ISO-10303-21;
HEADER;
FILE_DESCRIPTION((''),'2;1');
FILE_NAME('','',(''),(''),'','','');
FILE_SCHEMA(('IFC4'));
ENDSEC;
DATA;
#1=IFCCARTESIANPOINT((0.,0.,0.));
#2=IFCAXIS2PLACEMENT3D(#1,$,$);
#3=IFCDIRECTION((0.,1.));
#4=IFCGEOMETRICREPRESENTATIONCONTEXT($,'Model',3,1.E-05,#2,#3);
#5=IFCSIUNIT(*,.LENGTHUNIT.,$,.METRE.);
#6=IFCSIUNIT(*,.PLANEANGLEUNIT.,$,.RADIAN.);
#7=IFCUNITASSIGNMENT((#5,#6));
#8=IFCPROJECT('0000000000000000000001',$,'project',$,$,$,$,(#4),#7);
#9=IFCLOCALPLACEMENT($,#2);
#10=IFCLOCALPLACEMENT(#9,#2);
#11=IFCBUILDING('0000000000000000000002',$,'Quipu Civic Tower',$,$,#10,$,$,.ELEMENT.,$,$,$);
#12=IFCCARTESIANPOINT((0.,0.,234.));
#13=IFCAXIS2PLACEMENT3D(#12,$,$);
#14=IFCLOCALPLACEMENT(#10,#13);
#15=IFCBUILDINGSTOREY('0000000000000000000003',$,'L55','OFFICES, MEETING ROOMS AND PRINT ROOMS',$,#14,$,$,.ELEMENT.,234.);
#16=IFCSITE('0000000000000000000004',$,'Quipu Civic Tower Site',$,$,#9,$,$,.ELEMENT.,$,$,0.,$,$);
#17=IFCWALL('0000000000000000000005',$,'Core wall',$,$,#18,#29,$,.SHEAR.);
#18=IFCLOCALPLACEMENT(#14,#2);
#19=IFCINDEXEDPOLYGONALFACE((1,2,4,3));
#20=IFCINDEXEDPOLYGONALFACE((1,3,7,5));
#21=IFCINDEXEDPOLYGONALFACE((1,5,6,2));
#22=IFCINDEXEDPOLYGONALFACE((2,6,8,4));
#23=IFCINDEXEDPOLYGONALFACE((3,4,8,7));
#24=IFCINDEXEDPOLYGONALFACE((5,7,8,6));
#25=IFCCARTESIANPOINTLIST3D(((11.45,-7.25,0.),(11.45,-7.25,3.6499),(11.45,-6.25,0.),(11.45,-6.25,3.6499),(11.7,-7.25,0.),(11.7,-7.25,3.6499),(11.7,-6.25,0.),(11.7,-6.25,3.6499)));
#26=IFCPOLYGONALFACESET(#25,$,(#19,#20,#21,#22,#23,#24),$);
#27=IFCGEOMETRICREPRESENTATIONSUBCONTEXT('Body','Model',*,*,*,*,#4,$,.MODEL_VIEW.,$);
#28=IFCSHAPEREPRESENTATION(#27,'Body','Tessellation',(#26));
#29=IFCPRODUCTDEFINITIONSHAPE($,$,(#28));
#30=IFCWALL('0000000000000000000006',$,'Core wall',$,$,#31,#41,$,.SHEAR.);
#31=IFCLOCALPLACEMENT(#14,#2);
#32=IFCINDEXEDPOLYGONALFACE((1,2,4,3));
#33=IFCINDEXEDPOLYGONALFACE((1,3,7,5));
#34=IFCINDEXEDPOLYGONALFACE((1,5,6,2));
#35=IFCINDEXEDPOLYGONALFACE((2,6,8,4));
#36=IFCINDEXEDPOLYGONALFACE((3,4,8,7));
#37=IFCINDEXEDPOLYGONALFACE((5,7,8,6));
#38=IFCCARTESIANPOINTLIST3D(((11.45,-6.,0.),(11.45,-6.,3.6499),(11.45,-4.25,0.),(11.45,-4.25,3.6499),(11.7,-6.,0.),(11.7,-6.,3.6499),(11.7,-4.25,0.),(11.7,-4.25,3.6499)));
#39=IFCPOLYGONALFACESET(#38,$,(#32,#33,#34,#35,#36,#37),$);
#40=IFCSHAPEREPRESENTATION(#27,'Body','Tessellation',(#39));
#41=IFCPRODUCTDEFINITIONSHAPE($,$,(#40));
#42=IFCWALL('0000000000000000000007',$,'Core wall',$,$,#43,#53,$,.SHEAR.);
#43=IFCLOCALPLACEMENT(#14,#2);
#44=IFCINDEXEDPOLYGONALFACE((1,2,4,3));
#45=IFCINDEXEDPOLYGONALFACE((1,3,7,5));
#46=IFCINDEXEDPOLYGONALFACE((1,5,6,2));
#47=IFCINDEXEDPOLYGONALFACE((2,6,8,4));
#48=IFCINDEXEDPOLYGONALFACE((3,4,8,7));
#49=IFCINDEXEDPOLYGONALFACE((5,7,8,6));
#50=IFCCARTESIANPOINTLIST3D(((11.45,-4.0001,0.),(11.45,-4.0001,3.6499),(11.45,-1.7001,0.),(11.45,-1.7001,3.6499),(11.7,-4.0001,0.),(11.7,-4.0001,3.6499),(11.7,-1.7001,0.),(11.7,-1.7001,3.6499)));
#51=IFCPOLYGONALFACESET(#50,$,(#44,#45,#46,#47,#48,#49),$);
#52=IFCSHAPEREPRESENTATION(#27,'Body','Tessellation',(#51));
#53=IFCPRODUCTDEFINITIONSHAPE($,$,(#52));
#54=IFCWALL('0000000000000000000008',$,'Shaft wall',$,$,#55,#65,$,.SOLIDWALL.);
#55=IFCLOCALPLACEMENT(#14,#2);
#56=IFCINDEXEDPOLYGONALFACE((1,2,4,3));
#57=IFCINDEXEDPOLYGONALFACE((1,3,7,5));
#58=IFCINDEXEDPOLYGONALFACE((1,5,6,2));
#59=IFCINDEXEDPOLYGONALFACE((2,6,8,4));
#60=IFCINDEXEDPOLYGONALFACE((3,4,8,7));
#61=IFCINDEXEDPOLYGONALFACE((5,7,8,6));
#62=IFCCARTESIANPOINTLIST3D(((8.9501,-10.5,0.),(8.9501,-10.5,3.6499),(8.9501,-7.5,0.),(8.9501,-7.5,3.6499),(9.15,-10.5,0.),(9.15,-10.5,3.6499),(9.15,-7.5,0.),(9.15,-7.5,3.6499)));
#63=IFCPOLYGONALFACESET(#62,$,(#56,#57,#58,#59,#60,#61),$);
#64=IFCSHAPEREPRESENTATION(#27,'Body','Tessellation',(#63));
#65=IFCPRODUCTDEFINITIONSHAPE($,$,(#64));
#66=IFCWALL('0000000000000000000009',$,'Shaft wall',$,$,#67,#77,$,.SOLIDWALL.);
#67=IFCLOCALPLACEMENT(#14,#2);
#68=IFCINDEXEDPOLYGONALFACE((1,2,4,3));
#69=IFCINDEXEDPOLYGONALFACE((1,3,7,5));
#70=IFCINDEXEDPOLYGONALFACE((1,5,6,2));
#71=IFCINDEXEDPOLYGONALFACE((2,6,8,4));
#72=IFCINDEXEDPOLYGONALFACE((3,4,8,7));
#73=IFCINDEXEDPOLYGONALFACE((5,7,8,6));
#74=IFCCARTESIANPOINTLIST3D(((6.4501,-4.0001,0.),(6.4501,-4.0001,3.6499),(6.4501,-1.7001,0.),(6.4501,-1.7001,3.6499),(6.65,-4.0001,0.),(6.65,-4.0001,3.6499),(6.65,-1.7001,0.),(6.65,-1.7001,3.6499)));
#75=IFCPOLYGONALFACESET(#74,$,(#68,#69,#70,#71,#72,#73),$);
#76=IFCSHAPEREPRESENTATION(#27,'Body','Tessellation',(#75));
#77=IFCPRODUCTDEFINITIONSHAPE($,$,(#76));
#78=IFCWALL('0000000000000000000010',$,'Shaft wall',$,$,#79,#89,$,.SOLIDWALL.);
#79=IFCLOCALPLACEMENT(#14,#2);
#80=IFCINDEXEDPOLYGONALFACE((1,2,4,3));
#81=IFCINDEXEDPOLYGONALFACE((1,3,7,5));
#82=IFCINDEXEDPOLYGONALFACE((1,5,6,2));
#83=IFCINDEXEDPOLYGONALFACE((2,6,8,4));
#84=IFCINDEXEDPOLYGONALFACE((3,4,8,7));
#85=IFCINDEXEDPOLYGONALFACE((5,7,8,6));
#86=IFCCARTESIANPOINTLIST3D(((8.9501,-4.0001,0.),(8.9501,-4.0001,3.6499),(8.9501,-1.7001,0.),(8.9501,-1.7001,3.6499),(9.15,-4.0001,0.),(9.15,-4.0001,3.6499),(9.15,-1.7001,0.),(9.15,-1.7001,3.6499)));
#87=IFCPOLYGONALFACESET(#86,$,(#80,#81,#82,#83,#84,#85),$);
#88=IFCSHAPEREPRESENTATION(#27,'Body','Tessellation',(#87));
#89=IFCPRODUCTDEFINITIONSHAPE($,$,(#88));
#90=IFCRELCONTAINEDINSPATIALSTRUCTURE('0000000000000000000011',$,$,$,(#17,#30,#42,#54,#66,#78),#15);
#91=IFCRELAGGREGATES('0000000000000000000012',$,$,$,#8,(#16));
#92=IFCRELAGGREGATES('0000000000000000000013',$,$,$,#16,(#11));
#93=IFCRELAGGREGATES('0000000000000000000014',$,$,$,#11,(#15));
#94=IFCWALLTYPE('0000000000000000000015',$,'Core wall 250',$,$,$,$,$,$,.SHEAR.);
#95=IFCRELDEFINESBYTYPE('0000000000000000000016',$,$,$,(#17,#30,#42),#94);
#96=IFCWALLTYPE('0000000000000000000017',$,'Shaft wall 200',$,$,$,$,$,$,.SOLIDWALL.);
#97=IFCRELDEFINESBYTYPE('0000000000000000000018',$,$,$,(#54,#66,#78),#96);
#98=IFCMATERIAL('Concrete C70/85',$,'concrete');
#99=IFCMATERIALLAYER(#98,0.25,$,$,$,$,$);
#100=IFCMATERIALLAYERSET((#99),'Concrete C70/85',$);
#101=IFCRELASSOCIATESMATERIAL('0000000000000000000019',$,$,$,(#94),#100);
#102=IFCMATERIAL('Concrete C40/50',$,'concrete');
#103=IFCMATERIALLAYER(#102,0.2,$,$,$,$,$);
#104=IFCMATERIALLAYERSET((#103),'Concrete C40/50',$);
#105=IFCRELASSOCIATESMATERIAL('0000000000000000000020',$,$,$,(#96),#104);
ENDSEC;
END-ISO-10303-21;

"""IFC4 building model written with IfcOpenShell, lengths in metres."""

from ifc_helpers import new_model, si_unit, direction, frame, frame_2d, origin, place, context, subcontext, project, spatial, rectangle, extrude, material, layer, layer_set, type_object, element, save


model = new_model("IFC4")

# Units and contexts
model_context = context("Model", 3, precision=1e-05, world=origin(), true_north=direction((0.0, 1.0)))
body_context = subcontext(model_context, "Body", "Model", "MODEL_VIEW")
ifc_project = project(units=[si_unit("LENGTHUNIT", "METRE"), si_unit("PLANEANGLEUNIT", "RADIAN")], contexts=[model_context])

# Site, building, storey
site_placement = place(None, origin())
site = spatial("IfcSite", under=ifc_project, at=site_placement, Name="Quipu Civic Tower Site", CompositionType="ELEMENT", RefElevation=0.0)
building_placement = place(site_placement, origin())
building = spatial("IfcBuilding", under=site, at=building_placement, Name="Quipu Civic Tower", CompositionType="ELEMENT")
storey_placement = place(building_placement, frame((0.0, 0.0, 234.0)))
storey = spatial("IfcBuildingStorey", under=building, at=storey_placement, Name="L55", Description="OFFICES, MEETING ROOMS AND PRINT ROOMS", CompositionType="ELEMENT", Elevation=234.0)

# Shared definitions
ifc_material_1 = material(Name="Concrete C70/85", Category="concrete")
ifc_layer_1 = layer(ifc_material_1, 0.25)
ifc_layer_set_1 = layer_set([ifc_layer_1], Name="Concrete C70/85")
wall_type_1 = type_object("IfcWallType", Name="Core wall 250", PredefinedType="SHEAR", material=ifc_layer_set_1)

# Walls
wall_1_placement = place(storey_placement, frame((11.575, -7.25, 0.0), z_axis=(0.0, 0.0, 1.0), x_axis=(0.0, 1.0, 0.0)))
element("IfcWall", 1, at=wall_1_placement, inside=storey, type_object=wall_type_1, Name="Core wall", PredefinedType="SHEAR", context=body_context, shape_type="SweptSolid", body=[
    extrude(rectangle(XDim=1.0, YDim=0.25, at=frame_2d((0.5, 0.0))), origin(), (0.0, 0.0, 1.0), 3.6499),
])
wall_2_placement = place(storey_placement, frame((11.575, -6.0, 0.0), z_axis=(0.0, 0.0, 1.0), x_axis=(0.0, 1.0, 0.0)))
element("IfcWall", 2, at=wall_2_placement, inside=storey, type_object=wall_type_1, Name="Core wall", PredefinedType="SHEAR", context=body_context, shape_type="SweptSolid", body=[
    extrude(rectangle(XDim=1.75, YDim=0.25, at=frame_2d((0.875, 0.0))), origin(), (0.0, 0.0, 1.0), 3.6499),
])
wall_3_placement = place(storey_placement, frame((11.575, -4.0, 0.0), z_axis=(0.0, 0.0, 1.0), x_axis=(0.0, 1.0, 0.0)))
element("IfcWall", 3, at=wall_3_placement, inside=storey, type_object=wall_type_1, Name="Core wall", PredefinedType="SHEAR", context=body_context, shape_type="SweptSolid", body=[
    extrude(rectangle(XDim=2.3, YDim=0.25, at=frame_2d((1.1499, 0.0))), origin(), (0.0, 0.0, 1.0), 3.6499),
])
ifc_material_2 = material(Name="Concrete C40/50", Category="concrete")
ifc_layer_2 = layer(ifc_material_2, 0.2)
ifc_layer_set_2 = layer_set([ifc_layer_2], Name="Concrete C40/50")
wall_type_2 = type_object("IfcWallType", Name="Shaft wall 200", PredefinedType="SOLIDWALL", material=ifc_layer_set_2)
wall_4_placement = place(storey_placement, frame((9.05, -10.5, 0.0), z_axis=(0.0, 0.0, 1.0), x_axis=(0.0, 1.0, 0.0)))
element("IfcWall", 4, at=wall_4_placement, inside=storey, type_object=wall_type_2, Name="Shaft wall", PredefinedType="SOLIDWALL", context=body_context, shape_type="SweptSolid", body=[
    extrude(rectangle(XDim=3.0, YDim=0.2, at=frame_2d((1.5, 0.0))), origin(), (0.0, 0.0, 1.0), 3.6499),
])
for number, where, z_axis, x_axis, name in (
    (5, (6.55, -4.0, 0.0), (0.0, 0.0, 1.0), (0.0, 1.0, 0.0), "Shaft wall"),
    (6, (9.05, -4.0, 0.0), (0.0, 0.0, 1.0), (0.0, 1.0, 0.0), "Shaft wall"),
):
    element("IfcWall", number, at=place(storey_placement, frame(where, z_axis=z_axis, x_axis=x_axis)), inside=storey, type_object=wall_type_2, Name=name, PredefinedType="SOLIDWALL", context=body_context, shape_type="SweptSolid", body=[
        extrude(rectangle(XDim=2.3, YDim=0.2, at=frame_2d((1.1499, 0.0))), origin(), (0.0, 0.0, 1.0), 3.6499),
    ])

save(model, "model.ifc")
